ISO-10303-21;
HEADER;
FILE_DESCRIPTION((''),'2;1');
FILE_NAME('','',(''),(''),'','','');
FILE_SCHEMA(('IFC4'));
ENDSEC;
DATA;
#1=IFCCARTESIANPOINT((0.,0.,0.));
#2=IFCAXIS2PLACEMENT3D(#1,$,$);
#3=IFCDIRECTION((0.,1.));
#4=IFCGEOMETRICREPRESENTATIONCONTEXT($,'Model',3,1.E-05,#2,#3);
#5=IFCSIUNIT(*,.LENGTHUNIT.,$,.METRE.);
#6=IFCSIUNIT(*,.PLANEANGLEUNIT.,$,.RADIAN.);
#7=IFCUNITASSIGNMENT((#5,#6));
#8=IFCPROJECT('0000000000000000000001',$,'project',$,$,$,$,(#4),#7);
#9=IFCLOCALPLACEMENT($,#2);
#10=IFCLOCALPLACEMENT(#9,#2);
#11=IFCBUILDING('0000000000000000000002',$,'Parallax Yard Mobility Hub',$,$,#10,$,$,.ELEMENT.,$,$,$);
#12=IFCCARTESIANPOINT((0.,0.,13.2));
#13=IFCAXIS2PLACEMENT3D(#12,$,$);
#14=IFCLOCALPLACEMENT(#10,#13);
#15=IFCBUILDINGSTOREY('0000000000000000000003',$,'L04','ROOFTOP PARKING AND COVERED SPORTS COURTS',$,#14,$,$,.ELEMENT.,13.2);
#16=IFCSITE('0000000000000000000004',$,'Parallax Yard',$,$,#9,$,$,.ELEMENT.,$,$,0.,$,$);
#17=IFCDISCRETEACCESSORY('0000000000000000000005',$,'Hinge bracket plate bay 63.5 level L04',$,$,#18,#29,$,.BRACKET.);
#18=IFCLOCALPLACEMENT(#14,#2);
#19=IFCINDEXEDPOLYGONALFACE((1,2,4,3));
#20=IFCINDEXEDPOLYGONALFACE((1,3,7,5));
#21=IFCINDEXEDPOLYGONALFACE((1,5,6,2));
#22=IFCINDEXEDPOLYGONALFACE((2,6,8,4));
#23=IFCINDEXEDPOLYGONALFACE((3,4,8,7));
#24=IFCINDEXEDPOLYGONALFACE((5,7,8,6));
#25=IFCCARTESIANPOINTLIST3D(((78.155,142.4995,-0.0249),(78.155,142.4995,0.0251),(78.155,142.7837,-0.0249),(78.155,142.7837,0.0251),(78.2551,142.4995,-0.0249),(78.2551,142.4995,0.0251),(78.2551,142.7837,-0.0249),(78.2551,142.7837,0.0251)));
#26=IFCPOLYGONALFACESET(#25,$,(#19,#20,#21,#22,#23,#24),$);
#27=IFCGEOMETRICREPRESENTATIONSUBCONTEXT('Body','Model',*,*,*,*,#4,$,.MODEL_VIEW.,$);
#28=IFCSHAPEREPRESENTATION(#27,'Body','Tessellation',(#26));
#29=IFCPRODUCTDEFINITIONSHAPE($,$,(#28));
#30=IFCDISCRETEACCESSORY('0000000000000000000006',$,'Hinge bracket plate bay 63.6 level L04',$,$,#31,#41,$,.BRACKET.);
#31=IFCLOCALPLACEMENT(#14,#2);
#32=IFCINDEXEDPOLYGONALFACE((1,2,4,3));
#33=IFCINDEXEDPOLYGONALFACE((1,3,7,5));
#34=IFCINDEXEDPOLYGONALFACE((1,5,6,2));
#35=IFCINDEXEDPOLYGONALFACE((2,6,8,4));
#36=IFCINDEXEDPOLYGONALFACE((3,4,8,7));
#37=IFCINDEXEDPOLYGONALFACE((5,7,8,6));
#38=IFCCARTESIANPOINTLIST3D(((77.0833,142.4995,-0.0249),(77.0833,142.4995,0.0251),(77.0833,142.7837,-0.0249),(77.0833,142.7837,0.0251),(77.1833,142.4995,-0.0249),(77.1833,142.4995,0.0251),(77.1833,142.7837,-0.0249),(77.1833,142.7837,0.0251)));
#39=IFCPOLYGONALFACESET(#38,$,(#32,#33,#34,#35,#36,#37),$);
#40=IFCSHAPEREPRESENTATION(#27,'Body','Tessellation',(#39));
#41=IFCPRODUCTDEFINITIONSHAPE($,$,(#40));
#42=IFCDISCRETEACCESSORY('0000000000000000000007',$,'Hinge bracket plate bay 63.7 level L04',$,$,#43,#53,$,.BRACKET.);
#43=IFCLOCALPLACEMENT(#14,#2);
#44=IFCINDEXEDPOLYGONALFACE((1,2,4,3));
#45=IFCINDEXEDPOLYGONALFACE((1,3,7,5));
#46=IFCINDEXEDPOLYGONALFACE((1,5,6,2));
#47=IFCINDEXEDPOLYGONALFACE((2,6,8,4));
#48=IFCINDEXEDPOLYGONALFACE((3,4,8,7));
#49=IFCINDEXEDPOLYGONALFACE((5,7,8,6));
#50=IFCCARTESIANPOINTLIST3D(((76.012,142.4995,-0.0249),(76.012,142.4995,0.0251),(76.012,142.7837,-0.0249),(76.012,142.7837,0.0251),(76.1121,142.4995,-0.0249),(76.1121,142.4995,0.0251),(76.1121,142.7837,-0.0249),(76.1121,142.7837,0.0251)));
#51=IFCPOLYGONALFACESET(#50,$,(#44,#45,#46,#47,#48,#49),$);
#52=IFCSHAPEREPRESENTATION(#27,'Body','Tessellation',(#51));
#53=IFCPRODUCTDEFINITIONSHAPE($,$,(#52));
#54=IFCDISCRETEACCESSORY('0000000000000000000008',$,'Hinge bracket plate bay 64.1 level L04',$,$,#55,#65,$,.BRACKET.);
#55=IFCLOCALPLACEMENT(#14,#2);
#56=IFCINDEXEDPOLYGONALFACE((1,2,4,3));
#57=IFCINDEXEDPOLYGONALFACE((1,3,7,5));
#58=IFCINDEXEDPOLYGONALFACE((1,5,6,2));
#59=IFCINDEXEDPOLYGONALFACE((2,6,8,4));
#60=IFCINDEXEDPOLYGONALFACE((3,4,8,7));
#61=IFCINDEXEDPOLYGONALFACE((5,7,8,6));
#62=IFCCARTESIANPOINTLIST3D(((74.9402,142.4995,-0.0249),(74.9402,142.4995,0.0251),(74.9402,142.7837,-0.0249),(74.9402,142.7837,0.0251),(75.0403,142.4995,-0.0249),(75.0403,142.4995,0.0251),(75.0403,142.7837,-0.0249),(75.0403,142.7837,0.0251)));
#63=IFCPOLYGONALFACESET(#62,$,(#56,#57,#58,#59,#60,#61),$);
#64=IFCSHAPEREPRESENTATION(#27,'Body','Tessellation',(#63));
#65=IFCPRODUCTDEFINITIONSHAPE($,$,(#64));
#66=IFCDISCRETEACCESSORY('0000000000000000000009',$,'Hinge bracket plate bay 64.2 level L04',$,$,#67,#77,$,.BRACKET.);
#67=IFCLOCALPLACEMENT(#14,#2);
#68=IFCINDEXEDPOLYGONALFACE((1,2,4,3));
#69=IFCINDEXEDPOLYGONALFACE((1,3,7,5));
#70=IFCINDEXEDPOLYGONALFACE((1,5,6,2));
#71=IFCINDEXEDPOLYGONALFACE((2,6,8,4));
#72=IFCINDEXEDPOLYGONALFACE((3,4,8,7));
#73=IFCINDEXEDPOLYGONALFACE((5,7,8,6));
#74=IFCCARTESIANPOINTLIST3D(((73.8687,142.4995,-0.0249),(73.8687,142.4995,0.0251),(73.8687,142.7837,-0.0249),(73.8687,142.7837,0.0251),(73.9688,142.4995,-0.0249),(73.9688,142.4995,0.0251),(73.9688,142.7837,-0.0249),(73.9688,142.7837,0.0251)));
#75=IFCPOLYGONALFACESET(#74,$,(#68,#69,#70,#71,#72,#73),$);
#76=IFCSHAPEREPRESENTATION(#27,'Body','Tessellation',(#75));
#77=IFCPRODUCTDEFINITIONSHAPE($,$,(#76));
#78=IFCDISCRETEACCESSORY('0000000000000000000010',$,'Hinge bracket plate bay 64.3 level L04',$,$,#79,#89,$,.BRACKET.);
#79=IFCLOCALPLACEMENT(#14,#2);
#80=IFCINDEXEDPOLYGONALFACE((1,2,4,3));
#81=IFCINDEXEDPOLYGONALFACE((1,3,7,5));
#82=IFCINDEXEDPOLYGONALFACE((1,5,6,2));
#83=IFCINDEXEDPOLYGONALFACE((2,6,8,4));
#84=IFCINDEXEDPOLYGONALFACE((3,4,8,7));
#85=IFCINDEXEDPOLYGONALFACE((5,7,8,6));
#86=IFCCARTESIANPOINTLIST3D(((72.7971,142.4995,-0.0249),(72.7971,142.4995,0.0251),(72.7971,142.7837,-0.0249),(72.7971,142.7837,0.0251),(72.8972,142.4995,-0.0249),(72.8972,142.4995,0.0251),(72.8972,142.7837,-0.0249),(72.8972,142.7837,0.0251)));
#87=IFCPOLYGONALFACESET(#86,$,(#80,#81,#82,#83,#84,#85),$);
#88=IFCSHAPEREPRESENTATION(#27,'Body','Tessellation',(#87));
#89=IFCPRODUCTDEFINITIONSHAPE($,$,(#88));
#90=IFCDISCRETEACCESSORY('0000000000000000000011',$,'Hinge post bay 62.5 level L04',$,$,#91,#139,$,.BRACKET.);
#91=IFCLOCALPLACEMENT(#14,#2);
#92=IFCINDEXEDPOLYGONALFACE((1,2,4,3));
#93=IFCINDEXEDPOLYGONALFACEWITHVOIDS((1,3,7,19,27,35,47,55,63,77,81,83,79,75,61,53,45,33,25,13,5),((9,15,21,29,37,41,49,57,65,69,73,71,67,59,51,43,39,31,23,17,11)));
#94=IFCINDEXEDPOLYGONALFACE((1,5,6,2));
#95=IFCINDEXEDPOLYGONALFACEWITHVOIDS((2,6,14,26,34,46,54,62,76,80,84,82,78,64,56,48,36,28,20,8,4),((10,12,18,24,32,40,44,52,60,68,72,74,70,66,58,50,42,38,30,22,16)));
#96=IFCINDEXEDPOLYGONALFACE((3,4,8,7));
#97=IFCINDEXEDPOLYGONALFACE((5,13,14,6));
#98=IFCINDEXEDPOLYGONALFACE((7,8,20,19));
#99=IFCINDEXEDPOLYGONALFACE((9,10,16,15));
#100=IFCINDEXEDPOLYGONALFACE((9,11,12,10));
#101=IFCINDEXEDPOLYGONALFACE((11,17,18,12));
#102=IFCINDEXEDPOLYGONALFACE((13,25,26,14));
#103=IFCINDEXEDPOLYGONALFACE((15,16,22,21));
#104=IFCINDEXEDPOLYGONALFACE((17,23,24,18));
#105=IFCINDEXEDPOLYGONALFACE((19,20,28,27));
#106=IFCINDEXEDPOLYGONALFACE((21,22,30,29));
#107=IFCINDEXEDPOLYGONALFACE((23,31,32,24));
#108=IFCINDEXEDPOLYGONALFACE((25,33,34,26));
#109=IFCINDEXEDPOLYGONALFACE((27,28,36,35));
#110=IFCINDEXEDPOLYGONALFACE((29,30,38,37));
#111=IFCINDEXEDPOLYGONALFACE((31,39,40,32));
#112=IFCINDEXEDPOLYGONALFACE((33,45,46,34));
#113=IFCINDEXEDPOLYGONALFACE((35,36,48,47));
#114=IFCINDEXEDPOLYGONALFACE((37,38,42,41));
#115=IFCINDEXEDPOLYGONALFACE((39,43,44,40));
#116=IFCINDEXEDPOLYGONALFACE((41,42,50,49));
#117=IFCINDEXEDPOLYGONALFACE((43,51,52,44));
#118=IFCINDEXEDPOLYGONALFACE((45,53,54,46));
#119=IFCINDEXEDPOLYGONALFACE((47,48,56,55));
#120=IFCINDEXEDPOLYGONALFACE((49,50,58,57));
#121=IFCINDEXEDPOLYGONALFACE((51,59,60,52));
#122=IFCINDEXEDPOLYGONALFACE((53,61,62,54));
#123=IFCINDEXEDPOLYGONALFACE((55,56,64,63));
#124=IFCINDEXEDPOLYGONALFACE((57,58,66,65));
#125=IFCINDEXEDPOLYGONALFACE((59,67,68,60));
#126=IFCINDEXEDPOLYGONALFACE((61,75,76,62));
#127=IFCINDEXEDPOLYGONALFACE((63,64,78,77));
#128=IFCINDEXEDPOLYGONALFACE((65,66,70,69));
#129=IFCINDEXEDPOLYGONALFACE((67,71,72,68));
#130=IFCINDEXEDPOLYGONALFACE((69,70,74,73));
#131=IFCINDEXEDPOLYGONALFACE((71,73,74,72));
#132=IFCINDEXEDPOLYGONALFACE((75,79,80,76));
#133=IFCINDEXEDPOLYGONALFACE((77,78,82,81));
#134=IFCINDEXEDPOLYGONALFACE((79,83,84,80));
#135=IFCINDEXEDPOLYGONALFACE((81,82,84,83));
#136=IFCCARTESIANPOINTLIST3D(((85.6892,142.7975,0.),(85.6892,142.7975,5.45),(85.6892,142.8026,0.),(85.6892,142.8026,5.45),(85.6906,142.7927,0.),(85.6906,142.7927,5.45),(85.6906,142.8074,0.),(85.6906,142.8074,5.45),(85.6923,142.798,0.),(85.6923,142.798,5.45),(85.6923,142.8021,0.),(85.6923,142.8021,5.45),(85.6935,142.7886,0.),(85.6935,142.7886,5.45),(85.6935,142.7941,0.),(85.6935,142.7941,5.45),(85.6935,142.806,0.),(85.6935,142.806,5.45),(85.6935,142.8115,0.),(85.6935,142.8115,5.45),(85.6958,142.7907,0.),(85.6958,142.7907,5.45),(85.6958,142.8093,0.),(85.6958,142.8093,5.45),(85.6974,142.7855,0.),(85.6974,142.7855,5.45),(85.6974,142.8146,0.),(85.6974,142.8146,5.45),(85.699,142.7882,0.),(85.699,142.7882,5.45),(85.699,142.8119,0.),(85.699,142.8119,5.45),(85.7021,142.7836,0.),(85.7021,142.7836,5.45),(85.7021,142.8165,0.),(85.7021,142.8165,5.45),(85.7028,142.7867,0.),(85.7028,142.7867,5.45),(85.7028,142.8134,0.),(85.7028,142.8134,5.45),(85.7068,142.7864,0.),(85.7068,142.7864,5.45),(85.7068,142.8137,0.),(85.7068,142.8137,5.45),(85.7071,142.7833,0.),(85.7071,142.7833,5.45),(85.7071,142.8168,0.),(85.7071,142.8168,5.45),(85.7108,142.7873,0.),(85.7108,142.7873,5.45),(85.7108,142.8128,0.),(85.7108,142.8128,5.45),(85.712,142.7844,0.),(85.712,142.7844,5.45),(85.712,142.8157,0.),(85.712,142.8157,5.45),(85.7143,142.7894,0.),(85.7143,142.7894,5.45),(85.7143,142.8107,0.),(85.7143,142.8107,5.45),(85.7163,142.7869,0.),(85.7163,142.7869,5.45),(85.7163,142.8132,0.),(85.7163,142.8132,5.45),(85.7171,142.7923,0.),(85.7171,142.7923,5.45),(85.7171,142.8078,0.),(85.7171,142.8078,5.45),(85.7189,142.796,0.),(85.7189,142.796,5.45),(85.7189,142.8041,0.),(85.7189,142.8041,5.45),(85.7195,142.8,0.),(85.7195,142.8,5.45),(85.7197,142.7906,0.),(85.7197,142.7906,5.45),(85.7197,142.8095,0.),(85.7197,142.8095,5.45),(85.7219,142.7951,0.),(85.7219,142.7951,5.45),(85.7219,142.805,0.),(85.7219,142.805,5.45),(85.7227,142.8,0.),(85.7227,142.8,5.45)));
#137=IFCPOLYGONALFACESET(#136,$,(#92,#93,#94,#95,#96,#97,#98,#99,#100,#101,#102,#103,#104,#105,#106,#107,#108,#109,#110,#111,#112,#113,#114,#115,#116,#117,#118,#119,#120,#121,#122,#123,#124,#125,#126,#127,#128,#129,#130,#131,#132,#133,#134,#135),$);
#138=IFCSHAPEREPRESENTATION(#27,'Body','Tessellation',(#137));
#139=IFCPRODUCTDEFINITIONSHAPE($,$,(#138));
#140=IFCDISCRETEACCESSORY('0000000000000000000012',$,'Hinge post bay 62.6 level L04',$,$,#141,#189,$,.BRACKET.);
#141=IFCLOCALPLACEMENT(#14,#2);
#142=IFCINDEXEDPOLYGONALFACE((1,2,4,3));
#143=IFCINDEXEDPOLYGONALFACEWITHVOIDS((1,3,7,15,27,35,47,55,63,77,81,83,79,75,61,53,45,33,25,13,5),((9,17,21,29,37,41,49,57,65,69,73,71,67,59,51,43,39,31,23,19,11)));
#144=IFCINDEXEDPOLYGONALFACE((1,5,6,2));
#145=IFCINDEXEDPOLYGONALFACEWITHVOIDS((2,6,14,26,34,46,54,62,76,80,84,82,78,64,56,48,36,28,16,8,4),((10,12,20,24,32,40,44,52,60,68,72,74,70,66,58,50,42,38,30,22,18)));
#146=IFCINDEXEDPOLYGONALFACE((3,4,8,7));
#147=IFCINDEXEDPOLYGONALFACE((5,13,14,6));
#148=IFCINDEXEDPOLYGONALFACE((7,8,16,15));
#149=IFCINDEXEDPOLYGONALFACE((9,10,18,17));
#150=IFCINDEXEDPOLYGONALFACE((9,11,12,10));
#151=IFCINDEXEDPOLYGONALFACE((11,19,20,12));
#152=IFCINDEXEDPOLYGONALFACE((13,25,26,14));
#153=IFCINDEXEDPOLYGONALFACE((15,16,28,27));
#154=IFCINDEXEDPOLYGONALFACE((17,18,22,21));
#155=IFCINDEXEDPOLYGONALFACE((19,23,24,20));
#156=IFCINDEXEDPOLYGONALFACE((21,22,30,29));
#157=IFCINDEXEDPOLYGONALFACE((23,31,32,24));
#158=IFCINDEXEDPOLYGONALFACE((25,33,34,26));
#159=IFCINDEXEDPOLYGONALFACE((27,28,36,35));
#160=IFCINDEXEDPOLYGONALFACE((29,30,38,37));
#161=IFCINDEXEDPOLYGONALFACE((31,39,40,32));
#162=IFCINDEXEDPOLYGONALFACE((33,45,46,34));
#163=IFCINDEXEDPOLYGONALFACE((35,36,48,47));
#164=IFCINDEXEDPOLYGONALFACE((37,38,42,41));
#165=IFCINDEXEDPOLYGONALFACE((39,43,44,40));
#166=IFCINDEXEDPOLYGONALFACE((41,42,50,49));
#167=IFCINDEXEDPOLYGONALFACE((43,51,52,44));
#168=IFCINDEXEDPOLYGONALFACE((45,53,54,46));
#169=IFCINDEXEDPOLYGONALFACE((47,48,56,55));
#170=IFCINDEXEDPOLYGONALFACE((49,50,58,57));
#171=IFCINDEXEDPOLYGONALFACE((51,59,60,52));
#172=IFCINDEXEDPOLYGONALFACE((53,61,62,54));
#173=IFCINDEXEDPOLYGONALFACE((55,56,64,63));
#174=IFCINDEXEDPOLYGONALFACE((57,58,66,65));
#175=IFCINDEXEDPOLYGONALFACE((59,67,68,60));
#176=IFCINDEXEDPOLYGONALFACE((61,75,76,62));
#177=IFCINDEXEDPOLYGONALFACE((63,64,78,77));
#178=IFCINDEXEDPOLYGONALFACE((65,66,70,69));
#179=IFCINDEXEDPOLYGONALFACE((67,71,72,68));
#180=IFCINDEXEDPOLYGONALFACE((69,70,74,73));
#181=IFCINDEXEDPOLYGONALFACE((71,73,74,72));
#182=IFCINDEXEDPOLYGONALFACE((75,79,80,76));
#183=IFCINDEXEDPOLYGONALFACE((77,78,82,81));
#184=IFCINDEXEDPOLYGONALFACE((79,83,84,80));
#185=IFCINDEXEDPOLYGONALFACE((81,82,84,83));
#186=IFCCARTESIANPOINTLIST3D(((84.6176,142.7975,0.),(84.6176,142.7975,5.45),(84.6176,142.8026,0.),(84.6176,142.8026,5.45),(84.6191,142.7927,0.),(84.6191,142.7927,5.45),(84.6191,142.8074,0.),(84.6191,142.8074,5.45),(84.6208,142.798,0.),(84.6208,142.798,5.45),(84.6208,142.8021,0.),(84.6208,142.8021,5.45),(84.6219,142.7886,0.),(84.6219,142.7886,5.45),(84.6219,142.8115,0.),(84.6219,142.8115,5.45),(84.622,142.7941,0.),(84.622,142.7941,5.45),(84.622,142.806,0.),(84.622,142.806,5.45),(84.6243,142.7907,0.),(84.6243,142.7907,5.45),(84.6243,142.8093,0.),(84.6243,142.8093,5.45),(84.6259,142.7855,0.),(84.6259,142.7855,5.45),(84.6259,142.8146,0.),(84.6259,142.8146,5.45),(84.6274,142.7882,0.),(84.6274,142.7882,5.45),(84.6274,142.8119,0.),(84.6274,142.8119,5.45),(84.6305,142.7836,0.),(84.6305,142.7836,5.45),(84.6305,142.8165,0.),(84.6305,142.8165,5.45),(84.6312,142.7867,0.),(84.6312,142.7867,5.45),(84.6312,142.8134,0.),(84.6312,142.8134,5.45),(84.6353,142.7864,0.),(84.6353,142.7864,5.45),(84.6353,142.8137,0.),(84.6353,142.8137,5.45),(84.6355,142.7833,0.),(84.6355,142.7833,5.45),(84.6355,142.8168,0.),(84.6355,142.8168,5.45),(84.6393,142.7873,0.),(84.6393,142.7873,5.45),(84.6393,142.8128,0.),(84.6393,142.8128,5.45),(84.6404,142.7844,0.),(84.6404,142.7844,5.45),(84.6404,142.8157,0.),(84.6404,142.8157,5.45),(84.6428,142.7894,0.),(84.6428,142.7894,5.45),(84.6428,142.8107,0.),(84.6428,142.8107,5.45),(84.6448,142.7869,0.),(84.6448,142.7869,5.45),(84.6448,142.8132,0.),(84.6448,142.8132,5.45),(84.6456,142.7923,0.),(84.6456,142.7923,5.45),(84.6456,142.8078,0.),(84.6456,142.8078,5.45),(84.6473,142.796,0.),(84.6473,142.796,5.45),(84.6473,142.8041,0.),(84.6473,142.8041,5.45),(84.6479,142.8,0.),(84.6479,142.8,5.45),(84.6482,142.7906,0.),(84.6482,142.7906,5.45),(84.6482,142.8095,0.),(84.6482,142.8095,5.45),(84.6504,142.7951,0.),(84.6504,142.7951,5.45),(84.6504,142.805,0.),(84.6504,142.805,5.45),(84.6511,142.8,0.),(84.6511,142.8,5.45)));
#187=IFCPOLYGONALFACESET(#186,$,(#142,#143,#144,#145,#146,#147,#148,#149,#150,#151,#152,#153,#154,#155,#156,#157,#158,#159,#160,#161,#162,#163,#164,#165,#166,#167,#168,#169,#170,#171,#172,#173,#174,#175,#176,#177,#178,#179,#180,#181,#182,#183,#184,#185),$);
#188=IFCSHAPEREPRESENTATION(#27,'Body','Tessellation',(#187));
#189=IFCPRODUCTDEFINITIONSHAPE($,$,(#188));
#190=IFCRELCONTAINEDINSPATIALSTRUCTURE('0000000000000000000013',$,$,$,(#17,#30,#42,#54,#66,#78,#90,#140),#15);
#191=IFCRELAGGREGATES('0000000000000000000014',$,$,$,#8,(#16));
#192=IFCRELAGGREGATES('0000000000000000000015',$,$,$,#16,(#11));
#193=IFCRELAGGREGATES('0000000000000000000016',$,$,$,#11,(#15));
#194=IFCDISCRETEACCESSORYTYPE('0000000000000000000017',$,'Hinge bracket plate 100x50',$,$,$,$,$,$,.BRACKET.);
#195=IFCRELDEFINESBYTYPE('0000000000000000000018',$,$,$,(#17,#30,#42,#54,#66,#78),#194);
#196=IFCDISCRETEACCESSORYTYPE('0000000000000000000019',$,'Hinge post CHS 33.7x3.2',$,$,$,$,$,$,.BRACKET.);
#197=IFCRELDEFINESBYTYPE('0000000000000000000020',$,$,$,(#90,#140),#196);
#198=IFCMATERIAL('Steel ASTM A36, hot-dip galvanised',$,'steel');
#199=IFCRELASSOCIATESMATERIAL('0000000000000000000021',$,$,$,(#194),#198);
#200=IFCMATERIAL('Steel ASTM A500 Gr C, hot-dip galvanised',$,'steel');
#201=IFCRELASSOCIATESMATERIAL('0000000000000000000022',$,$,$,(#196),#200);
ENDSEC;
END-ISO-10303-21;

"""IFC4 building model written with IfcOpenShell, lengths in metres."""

from ifc_helpers import new_model, si_unit, direction, frame, origin, origin_2d, place, context, subcontext, project, spatial, rectangle, hollow_circle, extrude, material, material_profile, profile_set, type_object, element, save


model = new_model("IFC4")

# Units and contexts
model_context = context("Model", 3, precision=1e-05, world=origin(), true_north=direction((0.0, 1.0)))
body_context = subcontext(model_context, "Body", "Model", "MODEL_VIEW")
ifc_project = project(units=[si_unit("LENGTHUNIT", "METRE"), si_unit("PLANEANGLEUNIT", "RADIAN")], contexts=[model_context])

# Site, building, storey
site_placement = place(None, origin())
site = spatial("IfcSite", under=ifc_project, at=site_placement, Name="Parallax Yard", CompositionType="ELEMENT", RefElevation=0.0)
building_placement = place(site_placement, origin())
building = spatial("IfcBuilding", under=site, at=building_placement, Name="Parallax Yard Mobility Hub", CompositionType="ELEMENT")
storey_placement = place(building_placement, frame((0.0, 0.0, 13.2)))
storey = spatial("IfcBuildingStorey", under=building, at=storey_placement, Name="L04", Description="ROOFTOP PARKING AND COVERED SPORTS COURTS", CompositionType="ELEMENT", Elevation=13.2)

# Discrete accessories
ifc_material_1 = material(Name="Steel ASTM A36, hot-dip galvanised", Category="steel")
discrete_accessory_type_1 = type_object("IfcDiscreteAccessoryType", Name="Hinge bracket plate 100x50", PredefinedType="BRACKET", material=ifc_material_1)
for number, where, z_axis, x_axis, name in (
    (1, (78.2051, 142.6416, -0.0249), (0.0, 0.0, 1.0), (0.0, 1.0, 0.0), "Hinge bracket plate bay 63.5 level L04"),
    (2, (77.1333, 142.6416, -0.0249), (0.0, 0.0, 1.0), (0.0, 1.0, 0.0), "Hinge bracket plate bay 63.6 level L04"),
    (3, (76.062, 142.6416, -0.0249), (0.0, 0.0, 1.0), (0.0, 1.0, 0.0), "Hinge bracket plate bay 63.7 level L04"),
    (4, (74.9902, 142.6416, -0.0249), (0.0, 0.0, 1.0), (0.0, 1.0, 0.0), "Hinge bracket plate bay 64.1 level L04"),
    (5, (73.9187, 142.6416, -0.0249), (0.0, 0.0, 1.0), (0.0, 1.0, 0.0), "Hinge bracket plate bay 64.2 level L04"),
    (6, (72.8472, 142.6416, -0.0249), (0.0, 0.0, 1.0), (0.0, 1.0, 0.0), "Hinge bracket plate bay 64.3 level L04"),
):
    element("IfcDiscreteAccessory", number, at=place(storey_placement, frame(where, z_axis=z_axis, x_axis=x_axis)), inside=storey, type_object=discrete_accessory_type_1, Name=name, PredefinedType="BRACKET", context=body_context, shape_type="SweptSolid", body=[
        extrude(rectangle(XDim=0.2842, YDim=0.1001, at=origin_2d()), origin(), (0.0, 0.0, 1.0), 0.05),
    ])
ifc_material_2 = material(Name="Steel ASTM A500 Gr C, hot-dip galvanised", Category="steel")
ifc_material_profile = material_profile(ifc_material_2, hollow_circle(Radius=0.0168, WallThickness=0.0032, at=origin_2d()), Name="CHS 33.7x3.2")
ifc_profile_set = profile_set([ifc_material_profile], Name="Steel ASTM A500 Gr C, hot-dip galvanised")
discrete_accessory_type_2 = type_object("IfcDiscreteAccessoryType", Name="Hinge post CHS 33.7x3.2", PredefinedType="BRACKET", material=ifc_profile_set)
for number, where, z_axis, x_axis, name in (
    (7, (85.7058, 142.8, 0.0), (0.0, 0.0, 1.0), (1.0, 0.0, 0.0), "Hinge post bay 62.5 level L04"),
    (8, (84.6343, 142.8, 0.0), (0.0, 0.0, 1.0), (1.0, 0.0, 0.0), "Hinge post bay 62.6 level L04"),
):
    element("IfcDiscreteAccessory", number, at=place(storey_placement, frame(where, z_axis=z_axis, x_axis=x_axis)), inside=storey, type_object=discrete_accessory_type_2, Name=name, PredefinedType="BRACKET", context=body_context, shape_type="SweptSolid", body=[
        extrude(hollow_circle(Radius=0.0168, WallThickness=0.0032, at=origin_2d()), origin(), (0.0, 0.0, 1.0), 5.45),
    ])

save(model, "model.ifc")
